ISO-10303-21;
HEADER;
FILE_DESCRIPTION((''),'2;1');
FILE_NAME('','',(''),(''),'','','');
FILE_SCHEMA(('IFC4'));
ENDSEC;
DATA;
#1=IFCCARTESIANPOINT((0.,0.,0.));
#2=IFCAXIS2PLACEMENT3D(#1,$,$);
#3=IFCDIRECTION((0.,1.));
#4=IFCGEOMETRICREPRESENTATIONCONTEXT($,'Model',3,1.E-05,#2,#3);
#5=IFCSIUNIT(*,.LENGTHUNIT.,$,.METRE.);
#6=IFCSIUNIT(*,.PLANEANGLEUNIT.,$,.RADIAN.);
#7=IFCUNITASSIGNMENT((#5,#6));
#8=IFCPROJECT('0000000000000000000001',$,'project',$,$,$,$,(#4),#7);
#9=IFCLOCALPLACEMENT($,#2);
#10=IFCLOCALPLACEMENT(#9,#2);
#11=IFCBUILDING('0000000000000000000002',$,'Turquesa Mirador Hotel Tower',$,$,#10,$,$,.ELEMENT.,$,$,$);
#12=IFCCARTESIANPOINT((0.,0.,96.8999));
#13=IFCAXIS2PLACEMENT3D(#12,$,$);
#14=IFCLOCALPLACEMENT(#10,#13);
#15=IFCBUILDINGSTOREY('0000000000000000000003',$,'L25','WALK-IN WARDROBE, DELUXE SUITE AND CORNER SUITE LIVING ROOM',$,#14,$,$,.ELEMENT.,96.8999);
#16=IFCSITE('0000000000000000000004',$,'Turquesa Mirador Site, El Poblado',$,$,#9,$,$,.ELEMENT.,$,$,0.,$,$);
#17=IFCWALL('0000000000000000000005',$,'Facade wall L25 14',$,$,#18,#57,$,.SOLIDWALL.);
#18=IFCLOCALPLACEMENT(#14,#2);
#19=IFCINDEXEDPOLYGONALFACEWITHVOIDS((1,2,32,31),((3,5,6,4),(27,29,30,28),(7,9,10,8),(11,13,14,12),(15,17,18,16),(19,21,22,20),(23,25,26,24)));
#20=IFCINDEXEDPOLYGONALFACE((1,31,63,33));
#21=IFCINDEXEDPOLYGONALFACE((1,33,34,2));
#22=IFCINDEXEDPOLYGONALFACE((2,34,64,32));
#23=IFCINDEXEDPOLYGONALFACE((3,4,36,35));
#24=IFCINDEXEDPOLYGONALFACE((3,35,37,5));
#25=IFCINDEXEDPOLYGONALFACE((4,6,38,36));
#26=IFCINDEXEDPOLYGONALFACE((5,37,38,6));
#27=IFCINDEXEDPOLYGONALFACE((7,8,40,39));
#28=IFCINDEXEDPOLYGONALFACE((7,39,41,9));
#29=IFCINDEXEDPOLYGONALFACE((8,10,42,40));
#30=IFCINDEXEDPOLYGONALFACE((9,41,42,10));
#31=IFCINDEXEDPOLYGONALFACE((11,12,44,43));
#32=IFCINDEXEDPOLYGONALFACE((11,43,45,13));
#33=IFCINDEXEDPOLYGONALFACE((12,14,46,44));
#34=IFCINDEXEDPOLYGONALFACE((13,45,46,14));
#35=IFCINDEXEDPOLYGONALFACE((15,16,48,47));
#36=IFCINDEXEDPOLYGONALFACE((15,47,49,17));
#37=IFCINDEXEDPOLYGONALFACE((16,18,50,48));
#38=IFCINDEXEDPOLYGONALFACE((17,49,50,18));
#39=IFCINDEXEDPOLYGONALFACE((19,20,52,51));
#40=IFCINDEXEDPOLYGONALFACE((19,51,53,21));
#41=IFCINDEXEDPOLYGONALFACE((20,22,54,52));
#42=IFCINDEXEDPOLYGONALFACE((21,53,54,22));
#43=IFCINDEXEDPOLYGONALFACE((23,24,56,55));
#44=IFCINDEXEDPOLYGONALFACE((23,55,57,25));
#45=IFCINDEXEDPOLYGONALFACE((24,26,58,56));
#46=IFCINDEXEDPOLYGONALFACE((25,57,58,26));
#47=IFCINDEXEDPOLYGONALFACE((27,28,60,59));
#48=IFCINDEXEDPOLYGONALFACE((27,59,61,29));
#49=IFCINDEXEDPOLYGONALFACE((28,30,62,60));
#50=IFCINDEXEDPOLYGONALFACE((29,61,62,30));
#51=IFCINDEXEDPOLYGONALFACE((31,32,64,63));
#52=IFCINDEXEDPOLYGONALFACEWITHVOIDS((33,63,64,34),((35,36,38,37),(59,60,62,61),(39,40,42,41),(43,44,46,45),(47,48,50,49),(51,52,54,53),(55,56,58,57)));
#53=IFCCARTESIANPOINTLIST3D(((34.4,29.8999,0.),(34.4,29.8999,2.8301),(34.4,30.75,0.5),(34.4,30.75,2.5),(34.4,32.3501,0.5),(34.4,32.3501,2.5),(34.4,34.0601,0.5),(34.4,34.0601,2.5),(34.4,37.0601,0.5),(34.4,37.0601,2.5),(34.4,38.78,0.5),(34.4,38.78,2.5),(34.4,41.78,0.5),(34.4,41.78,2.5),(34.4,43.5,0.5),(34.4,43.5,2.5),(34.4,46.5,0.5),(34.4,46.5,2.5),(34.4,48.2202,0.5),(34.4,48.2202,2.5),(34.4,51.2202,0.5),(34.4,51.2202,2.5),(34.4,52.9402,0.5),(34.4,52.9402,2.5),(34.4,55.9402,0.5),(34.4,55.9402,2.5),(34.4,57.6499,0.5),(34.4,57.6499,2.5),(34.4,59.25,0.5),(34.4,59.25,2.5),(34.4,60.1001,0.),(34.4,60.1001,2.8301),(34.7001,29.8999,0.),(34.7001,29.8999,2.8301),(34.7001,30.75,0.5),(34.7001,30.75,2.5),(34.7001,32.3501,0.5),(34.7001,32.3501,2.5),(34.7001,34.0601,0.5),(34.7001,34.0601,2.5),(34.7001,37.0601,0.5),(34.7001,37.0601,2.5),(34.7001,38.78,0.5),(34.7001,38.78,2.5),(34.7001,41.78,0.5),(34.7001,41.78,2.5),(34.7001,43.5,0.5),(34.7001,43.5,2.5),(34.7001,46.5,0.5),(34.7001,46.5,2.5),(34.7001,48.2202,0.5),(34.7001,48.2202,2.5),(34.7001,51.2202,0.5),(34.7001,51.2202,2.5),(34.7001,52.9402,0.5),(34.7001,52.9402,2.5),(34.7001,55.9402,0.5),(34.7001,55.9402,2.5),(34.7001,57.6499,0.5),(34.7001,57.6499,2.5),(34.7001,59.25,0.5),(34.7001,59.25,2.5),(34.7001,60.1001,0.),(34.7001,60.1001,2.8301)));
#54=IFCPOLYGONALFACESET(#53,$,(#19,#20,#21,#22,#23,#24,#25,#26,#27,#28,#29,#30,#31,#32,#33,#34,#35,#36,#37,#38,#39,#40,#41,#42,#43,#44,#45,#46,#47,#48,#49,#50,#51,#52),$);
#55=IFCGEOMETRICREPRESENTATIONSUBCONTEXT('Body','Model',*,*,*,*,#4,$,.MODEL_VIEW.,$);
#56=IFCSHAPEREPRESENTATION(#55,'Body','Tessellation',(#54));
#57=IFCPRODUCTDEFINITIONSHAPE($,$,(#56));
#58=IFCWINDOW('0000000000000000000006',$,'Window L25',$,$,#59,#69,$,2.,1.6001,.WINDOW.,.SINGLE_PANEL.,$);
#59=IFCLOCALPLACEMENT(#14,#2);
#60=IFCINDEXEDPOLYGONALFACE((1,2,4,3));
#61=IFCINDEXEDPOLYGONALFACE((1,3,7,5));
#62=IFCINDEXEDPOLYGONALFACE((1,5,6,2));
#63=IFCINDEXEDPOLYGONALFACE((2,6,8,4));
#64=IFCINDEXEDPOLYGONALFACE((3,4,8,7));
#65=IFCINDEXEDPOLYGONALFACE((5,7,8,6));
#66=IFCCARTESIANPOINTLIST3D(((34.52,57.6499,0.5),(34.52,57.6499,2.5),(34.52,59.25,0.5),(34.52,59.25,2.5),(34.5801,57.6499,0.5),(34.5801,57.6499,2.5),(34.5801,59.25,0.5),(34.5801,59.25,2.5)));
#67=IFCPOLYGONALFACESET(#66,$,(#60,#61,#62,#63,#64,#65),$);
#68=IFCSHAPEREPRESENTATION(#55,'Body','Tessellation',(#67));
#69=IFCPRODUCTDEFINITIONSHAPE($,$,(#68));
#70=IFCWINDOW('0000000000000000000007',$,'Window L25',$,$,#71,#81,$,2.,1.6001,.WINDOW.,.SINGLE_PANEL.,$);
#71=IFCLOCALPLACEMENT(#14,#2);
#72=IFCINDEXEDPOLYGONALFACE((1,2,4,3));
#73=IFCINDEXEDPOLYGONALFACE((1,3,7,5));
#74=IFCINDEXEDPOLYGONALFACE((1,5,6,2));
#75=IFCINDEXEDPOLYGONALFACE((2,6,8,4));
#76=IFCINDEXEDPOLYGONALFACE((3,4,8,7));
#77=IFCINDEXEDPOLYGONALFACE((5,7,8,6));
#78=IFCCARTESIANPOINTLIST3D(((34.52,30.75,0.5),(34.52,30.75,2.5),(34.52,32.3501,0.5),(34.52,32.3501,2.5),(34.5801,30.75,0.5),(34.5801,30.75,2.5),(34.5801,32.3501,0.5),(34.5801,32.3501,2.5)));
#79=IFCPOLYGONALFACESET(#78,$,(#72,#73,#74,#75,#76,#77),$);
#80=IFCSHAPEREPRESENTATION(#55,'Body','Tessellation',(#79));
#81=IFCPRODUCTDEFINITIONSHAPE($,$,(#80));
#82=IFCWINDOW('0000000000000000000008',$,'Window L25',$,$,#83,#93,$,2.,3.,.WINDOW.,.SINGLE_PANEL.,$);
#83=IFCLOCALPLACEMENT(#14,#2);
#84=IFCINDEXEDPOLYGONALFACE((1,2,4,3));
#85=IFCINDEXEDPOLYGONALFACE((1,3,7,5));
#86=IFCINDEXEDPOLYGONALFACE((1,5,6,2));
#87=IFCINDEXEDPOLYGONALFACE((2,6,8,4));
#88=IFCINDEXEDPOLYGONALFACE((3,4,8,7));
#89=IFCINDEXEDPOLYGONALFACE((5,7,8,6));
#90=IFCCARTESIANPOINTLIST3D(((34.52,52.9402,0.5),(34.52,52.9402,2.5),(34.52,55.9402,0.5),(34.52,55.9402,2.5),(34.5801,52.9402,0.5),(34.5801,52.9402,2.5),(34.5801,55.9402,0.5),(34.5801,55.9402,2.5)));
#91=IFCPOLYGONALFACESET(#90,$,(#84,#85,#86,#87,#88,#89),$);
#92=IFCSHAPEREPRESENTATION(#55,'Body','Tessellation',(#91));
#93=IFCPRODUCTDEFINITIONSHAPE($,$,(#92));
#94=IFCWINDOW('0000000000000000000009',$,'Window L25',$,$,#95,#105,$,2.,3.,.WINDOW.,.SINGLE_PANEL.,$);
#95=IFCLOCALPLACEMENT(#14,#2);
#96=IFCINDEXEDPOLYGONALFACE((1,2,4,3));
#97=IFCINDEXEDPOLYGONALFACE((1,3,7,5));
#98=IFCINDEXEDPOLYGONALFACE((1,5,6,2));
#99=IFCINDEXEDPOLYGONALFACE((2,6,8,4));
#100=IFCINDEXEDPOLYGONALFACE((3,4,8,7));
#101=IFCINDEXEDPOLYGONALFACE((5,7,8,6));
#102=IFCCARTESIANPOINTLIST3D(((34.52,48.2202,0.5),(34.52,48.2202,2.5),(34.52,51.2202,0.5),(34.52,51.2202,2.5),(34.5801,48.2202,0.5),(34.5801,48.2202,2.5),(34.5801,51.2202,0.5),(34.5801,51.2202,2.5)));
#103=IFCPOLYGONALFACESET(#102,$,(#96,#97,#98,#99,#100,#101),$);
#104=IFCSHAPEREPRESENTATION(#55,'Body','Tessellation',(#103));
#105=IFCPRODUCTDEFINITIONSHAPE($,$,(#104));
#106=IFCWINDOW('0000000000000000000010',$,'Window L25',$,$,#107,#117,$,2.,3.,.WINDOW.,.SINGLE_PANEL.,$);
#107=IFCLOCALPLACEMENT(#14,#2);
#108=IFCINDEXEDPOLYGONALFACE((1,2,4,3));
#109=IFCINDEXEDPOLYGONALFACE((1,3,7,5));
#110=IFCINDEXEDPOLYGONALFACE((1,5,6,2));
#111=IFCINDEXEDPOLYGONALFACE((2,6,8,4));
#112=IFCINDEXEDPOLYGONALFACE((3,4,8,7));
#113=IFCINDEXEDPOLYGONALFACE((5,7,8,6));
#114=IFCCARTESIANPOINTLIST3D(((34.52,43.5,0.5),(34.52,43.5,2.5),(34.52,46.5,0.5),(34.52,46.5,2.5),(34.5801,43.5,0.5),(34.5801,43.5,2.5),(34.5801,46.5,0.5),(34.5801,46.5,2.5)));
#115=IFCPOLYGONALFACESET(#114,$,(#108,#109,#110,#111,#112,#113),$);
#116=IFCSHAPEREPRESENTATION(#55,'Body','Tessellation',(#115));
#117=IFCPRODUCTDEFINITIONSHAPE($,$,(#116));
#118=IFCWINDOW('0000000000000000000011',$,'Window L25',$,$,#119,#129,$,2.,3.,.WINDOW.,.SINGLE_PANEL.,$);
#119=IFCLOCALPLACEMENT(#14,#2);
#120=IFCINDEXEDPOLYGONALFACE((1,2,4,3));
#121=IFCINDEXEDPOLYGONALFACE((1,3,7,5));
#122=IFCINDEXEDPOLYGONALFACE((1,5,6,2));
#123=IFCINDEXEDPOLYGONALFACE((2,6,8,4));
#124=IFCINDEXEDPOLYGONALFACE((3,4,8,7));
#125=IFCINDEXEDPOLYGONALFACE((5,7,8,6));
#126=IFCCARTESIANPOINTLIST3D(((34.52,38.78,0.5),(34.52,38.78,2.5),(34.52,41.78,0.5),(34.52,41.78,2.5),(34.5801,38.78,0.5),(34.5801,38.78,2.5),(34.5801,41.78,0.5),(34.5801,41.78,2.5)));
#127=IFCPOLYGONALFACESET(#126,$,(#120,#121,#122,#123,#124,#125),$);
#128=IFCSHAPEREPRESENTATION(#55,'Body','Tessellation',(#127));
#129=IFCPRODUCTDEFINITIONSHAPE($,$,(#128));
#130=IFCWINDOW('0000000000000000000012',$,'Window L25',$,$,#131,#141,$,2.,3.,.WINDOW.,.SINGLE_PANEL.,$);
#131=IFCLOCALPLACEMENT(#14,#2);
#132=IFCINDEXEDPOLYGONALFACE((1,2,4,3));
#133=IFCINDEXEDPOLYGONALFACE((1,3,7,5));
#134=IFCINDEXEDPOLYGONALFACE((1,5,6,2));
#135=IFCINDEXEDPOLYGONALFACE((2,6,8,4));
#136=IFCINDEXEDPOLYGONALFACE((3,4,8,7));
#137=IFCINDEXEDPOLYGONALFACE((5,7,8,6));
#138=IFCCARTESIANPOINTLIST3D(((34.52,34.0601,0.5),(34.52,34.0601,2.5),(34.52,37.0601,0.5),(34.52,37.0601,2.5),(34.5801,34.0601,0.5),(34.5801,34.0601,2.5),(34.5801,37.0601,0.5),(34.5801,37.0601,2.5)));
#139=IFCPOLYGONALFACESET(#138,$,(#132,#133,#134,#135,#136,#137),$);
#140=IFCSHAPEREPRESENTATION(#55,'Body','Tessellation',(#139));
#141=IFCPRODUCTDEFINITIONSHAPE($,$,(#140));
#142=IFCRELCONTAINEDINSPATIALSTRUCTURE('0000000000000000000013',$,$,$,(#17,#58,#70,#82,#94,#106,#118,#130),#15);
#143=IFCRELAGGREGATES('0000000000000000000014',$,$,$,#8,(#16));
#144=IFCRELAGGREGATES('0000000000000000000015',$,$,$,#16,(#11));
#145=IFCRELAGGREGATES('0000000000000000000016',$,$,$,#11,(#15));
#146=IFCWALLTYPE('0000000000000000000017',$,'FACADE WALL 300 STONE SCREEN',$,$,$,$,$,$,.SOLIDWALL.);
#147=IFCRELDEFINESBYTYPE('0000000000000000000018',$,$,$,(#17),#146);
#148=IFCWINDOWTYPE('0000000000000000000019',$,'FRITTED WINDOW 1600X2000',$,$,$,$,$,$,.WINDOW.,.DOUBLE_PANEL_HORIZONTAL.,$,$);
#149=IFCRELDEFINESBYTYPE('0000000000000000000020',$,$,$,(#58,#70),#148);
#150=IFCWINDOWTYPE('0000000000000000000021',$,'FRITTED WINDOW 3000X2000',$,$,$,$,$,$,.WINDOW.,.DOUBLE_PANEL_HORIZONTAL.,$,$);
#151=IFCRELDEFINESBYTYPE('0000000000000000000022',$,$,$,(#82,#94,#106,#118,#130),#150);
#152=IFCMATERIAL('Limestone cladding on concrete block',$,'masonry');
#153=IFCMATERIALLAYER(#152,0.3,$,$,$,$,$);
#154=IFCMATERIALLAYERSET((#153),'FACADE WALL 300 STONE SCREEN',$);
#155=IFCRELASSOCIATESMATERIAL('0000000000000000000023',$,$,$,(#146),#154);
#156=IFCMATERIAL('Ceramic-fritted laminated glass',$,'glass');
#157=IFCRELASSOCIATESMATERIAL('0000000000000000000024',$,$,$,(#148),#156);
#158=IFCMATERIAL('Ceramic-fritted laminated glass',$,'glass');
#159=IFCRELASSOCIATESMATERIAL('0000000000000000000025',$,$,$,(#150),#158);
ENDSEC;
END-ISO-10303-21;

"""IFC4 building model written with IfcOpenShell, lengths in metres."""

from ifc_helpers import new_model, si_unit, direction, frame, frame_2d, origin, place, context, subcontext, project, spatial, rectangle, extrude, material, layer, layer_set, type_object, element, fill, save


model = new_model("IFC4")

# Units and contexts
model_context = context("Model", 3, precision=1e-05, world=origin(), true_north=direction((0.0, 1.0)))
body_context = subcontext(model_context, "Body", "Model", "MODEL_VIEW")
ifc_project = project(units=[si_unit("LENGTHUNIT", "METRE"), si_unit("PLANEANGLEUNIT", "RADIAN")], contexts=[model_context])

# Site, building, storey
site_placement = place(None, origin())
site = spatial("IfcSite", under=ifc_project, at=site_placement, Name="Turquesa Mirador Site, El Poblado", CompositionType="ELEMENT", RefElevation=0.0)
building_placement = place(site_placement, origin())
building = spatial("IfcBuilding", under=site, at=building_placement, Name="Turquesa Mirador Hotel Tower", CompositionType="ELEMENT")
storey_placement = place(building_placement, frame((0.0, 0.0, 96.8999)))
storey = spatial("IfcBuildingStorey", under=building, at=storey_placement, Name="L25", Description="WALK-IN WARDROBE, DELUXE SUITE AND CORNER SUITE LIVING ROOM", CompositionType="ELEMENT", Elevation=96.8999)

# Shared definitions
ifc_material_1 = material(Name="Limestone cladding on concrete block", Category="masonry")
ifc_layer = layer(ifc_material_1, 0.3)
ifc_layer_set = layer_set([ifc_layer], Name="FACADE WALL 300 STONE SCREEN")
wall_type = type_object("IfcWallType", Name="FACADE WALL 300 STONE SCREEN", PredefinedType="SOLIDWALL", material=ifc_layer_set)

# Wall, openings, windows
wall_1_placement = place(storey_placement, frame((34.55, 60.1001, 0.0), z_axis=(0.0, 0.0, 1.0), x_axis=(0.0, -1.0, 0.0)))
wall_1 = element("IfcWall", 1, at=wall_1_placement, inside=storey, type_object=wall_type, Name="Facade wall L25 14", PredefinedType="SOLIDWALL", context=body_context, shape_type="SweptSolid", body=[
    extrude(rectangle(XDim=30.2002, YDim=0.3, at=frame_2d((15.1001, 0.0))), origin(), (0.0, 0.0, 1.0), 2.8301),
])
opening_1_placement = place(wall_1_placement, frame((0.8501, 0.0, 0.5)))
opening_1 = element("IfcOpeningElement", 2, at=opening_1_placement, cuts=wall_1, PredefinedType="OPENING", context=body_context, shape_type="SweptSolid", body=[
    extrude(rectangle(XDim=1.6001, YDim=2.0, at=frame_2d((0.8, 1.0))), frame((0.0, 0.1599, 0.0), z_axis=(0.0, -1.0, 0.0), x_axis=(1.0, 0.0, 0.0)), (0.0, 0.0, 1.0), 0.3201),
])
opening_2_placement = place(wall_1_placement, frame((4.1599, 0.0, 0.5)))
opening_2 = element("IfcOpeningElement", 3, at=opening_2_placement, cuts=wall_1, PredefinedType="OPENING", context=body_context, shape_type="SweptSolid", body=[
    extrude(rectangle(XDim=3.0, YDim=2.0, at=frame_2d((1.5, 1.0))), frame((0.0, 0.1599, 0.0), z_axis=(0.0, -1.0, 0.0), x_axis=(1.0, 0.0, 0.0)), (0.0, 0.0, 1.0), 0.3201),
])
opening_3_placement = place(wall_1_placement, frame((8.8799, 0.0, 0.5)))
opening_3 = element("IfcOpeningElement", 4, at=opening_3_placement, cuts=wall_1, PredefinedType="OPENING", context=body_context, shape_type="SweptSolid", body=[
    extrude(rectangle(XDim=3.0, YDim=2.0, at=frame_2d((1.5, 1.0))), frame((0.0, 0.1599, 0.0), z_axis=(0.0, -1.0, 0.0), x_axis=(1.0, 0.0, 0.0)), (0.0, 0.0, 1.0), 0.3201),
])
opening_4_placement = place(wall_1_placement, frame((13.6001, 0.0, 0.5)))
opening_4 = element("IfcOpeningElement", 5, at=opening_4_placement, cuts=wall_1, PredefinedType="OPENING", context=body_context, shape_type="SweptSolid", body=[
    extrude(rectangle(XDim=3.0, YDim=2.0, at=frame_2d((1.5, 1.0))), frame((0.0, 0.1599, 0.0), z_axis=(0.0, -1.0, 0.0), x_axis=(1.0, 0.0, 0.0)), (0.0, 0.0, 1.0), 0.3201),
])
opening_5_placement = place(wall_1_placement, frame((18.3201, 0.0, 0.5)))
opening_5 = element("IfcOpeningElement", 6, at=opening_5_placement, cuts=wall_1, PredefinedType="OPENING", context=body_context, shape_type="SweptSolid", body=[
    extrude(rectangle(XDim=3.0, YDim=2.0, at=frame_2d((1.5, 1.0))), frame((0.0, 0.1599, 0.0), z_axis=(0.0, -1.0, 0.0), x_axis=(1.0, 0.0, 0.0)), (0.0, 0.0, 1.0), 0.3201),
])
opening_6_placement = place(wall_1_placement, frame((23.04, 0.0, 0.5)))
opening_6 = element("IfcOpeningElement", 7, at=opening_6_placement, cuts=wall_1, PredefinedType="OPENING", context=body_context, shape_type="SweptSolid", body=[
    extrude(rectangle(XDim=3.0, YDim=2.0, at=frame_2d((1.5, 1.0))), frame((0.0, 0.1599, 0.0), z_axis=(0.0, -1.0, 0.0), x_axis=(1.0, 0.0, 0.0)), (0.0, 0.0, 1.0), 0.3201),
])
opening_7_placement = place(wall_1_placement, frame((27.75, 0.0, 0.5)))
opening_7 = element("IfcOpeningElement", 8, at=opening_7_placement, cuts=wall_1, PredefinedType="OPENING", context=body_context, shape_type="SweptSolid", body=[
    extrude(rectangle(XDim=1.6001, YDim=2.0, at=frame_2d((0.8, 1.0))), frame((0.0, 0.1599, 0.0), z_axis=(0.0, -1.0, 0.0), x_axis=(1.0, 0.0, 0.0)), (0.0, 0.0, 1.0), 0.3201),
])
ifc_material_2 = material(Name="Ceramic-fritted laminated glass", Category="glass")
window_type_1 = type_object("IfcWindowType", Name="FRITTED WINDOW 1600X2000", PartitioningType="DOUBLE_PANEL_HORIZONTAL", PredefinedType="WINDOW", material=ifc_material_2)
window_1_placement = place(opening_1_placement, origin())
window_1 = element("IfcWindow", 9, at=window_1_placement, inside=storey, type_object=window_type_1, Name="Window L25", OverallHeight=2.0, OverallWidth=1.6001, PartitioningType="SINGLE_PANEL", PredefinedType="WINDOW", context=body_context, shape_type="SweptSolid", body=[
    extrude(rectangle(XDim=1.6001, YDim=2.0, at=frame_2d((0.8, 1.0))), frame((0.0, 0.03, 0.0), z_axis=(0.0, -1.0, 0.0), x_axis=(1.0, 0.0, 0.0)), (0.0, 0.0, 1.0), 0.0601),
])
fill(opening_1, window_1)
window_2_placement = place(opening_7_placement, origin())
window_2 = element("IfcWindow", 10, at=window_2_placement, inside=storey, type_object=window_type_1, Name="Window L25", OverallHeight=2.0, OverallWidth=1.6001, PartitioningType="SINGLE_PANEL", PredefinedType="WINDOW", context=body_context, shape_type="SweptSolid", body=[
    extrude(rectangle(XDim=1.6001, YDim=2.0, at=frame_2d((0.8, 1.0))), frame((0.0, 0.03, 0.0), z_axis=(0.0, -1.0, 0.0), x_axis=(1.0, 0.0, 0.0)), (0.0, 0.0, 1.0), 0.0601),
])
fill(opening_7, window_2)
ifc_material_3 = material(Name="Ceramic-fritted laminated glass", Category="glass")
window_type_2 = type_object("IfcWindowType", Name="FRITTED WINDOW 3000X2000", PartitioningType="DOUBLE_PANEL_HORIZONTAL", PredefinedType="WINDOW", material=ifc_material_3)
window_3_placement = place(opening_2_placement, origin())
window_3 = element("IfcWindow", 11, at=window_3_placement, inside=storey, type_object=window_type_2, Name="Window L25", OverallHeight=2.0, OverallWidth=3.0, PartitioningType="SINGLE_PANEL", PredefinedType="WINDOW", context=body_context, shape_type="SweptSolid", body=[
    extrude(rectangle(XDim=3.0, YDim=2.0, at=frame_2d((1.5, 1.0))), frame((0.0, 0.03, 0.0), z_axis=(0.0, -1.0, 0.0), x_axis=(1.0, 0.0, 0.0)), (0.0, 0.0, 1.0), 0.0601),
])
fill(opening_2, window_3)
window_4_placement = place(opening_3_placement, origin())
window_4 = element("IfcWindow", 12, at=window_4_placement, inside=storey, type_object=window_type_2, Name="Window L25", OverallHeight=2.0, OverallWidth=3.0, PartitioningType="SINGLE_PANEL", PredefinedType="WINDOW", context=body_context, shape_type="SweptSolid", body=[
    extrude(rectangle(XDim=3.0, YDim=2.0, at=frame_2d((1.5, 1.0))), frame((0.0, 0.03, 0.0), z_axis=(0.0, -1.0, 0.0), x_axis=(1.0, 0.0, 0.0)), (0.0, 0.0, 1.0), 0.0601),
])
fill(opening_3, window_4)
window_5_placement = place(opening_4_placement, origin())
window_5 = element("IfcWindow", 13, at=window_5_placement, inside=storey, type_object=window_type_2, Name="Window L25", OverallHeight=2.0, OverallWidth=3.0, PartitioningType="SINGLE_PANEL", PredefinedType="WINDOW", context=body_context, shape_type="SweptSolid", body=[
    extrude(rectangle(XDim=3.0, YDim=2.0, at=frame_2d((1.5, 1.0))), frame((0.0, 0.03, 0.0), z_axis=(0.0, -1.0, 0.0), x_axis=(1.0, 0.0, 0.0)), (0.0, 0.0, 1.0), 0.0601),
])
fill(opening_4, window_5)
window_6_placement = place(opening_5_placement, origin())
window_6 = element("IfcWindow", 14, at=window_6_placement, inside=storey, type_object=window_type_2, Name="Window L25", OverallHeight=2.0, OverallWidth=3.0, PartitioningType="SINGLE_PANEL", PredefinedType="WINDOW", context=body_context, shape_type="SweptSolid", body=[
    extrude(rectangle(XDim=3.0, YDim=2.0, at=frame_2d((1.5, 1.0))), frame((0.0, 0.03, 0.0), z_axis=(0.0, -1.0, 0.0), x_axis=(1.0, 0.0, 0.0)), (0.0, 0.0, 1.0), 0.0601),
])
fill(opening_5, window_6)
window_7_placement = place(opening_6_placement, origin())
window_7 = element("IfcWindow", 15, at=window_7_placement, inside=storey, type_object=window_type_2, Name="Window L25", OverallHeight=2.0, OverallWidth=3.0, PartitioningType="SINGLE_PANEL", PredefinedType="WINDOW", context=body_context, shape_type="SweptSolid", body=[
    extrude(rectangle(XDim=3.0, YDim=2.0, at=frame_2d((1.5, 1.0))), frame((0.0, 0.03, 0.0), z_axis=(0.0, -1.0, 0.0), x_axis=(1.0, 0.0, 0.0)), (0.0, 0.0, 1.0), 0.0601),
])
fill(opening_6, window_7)

save(model, "model.ifc")
